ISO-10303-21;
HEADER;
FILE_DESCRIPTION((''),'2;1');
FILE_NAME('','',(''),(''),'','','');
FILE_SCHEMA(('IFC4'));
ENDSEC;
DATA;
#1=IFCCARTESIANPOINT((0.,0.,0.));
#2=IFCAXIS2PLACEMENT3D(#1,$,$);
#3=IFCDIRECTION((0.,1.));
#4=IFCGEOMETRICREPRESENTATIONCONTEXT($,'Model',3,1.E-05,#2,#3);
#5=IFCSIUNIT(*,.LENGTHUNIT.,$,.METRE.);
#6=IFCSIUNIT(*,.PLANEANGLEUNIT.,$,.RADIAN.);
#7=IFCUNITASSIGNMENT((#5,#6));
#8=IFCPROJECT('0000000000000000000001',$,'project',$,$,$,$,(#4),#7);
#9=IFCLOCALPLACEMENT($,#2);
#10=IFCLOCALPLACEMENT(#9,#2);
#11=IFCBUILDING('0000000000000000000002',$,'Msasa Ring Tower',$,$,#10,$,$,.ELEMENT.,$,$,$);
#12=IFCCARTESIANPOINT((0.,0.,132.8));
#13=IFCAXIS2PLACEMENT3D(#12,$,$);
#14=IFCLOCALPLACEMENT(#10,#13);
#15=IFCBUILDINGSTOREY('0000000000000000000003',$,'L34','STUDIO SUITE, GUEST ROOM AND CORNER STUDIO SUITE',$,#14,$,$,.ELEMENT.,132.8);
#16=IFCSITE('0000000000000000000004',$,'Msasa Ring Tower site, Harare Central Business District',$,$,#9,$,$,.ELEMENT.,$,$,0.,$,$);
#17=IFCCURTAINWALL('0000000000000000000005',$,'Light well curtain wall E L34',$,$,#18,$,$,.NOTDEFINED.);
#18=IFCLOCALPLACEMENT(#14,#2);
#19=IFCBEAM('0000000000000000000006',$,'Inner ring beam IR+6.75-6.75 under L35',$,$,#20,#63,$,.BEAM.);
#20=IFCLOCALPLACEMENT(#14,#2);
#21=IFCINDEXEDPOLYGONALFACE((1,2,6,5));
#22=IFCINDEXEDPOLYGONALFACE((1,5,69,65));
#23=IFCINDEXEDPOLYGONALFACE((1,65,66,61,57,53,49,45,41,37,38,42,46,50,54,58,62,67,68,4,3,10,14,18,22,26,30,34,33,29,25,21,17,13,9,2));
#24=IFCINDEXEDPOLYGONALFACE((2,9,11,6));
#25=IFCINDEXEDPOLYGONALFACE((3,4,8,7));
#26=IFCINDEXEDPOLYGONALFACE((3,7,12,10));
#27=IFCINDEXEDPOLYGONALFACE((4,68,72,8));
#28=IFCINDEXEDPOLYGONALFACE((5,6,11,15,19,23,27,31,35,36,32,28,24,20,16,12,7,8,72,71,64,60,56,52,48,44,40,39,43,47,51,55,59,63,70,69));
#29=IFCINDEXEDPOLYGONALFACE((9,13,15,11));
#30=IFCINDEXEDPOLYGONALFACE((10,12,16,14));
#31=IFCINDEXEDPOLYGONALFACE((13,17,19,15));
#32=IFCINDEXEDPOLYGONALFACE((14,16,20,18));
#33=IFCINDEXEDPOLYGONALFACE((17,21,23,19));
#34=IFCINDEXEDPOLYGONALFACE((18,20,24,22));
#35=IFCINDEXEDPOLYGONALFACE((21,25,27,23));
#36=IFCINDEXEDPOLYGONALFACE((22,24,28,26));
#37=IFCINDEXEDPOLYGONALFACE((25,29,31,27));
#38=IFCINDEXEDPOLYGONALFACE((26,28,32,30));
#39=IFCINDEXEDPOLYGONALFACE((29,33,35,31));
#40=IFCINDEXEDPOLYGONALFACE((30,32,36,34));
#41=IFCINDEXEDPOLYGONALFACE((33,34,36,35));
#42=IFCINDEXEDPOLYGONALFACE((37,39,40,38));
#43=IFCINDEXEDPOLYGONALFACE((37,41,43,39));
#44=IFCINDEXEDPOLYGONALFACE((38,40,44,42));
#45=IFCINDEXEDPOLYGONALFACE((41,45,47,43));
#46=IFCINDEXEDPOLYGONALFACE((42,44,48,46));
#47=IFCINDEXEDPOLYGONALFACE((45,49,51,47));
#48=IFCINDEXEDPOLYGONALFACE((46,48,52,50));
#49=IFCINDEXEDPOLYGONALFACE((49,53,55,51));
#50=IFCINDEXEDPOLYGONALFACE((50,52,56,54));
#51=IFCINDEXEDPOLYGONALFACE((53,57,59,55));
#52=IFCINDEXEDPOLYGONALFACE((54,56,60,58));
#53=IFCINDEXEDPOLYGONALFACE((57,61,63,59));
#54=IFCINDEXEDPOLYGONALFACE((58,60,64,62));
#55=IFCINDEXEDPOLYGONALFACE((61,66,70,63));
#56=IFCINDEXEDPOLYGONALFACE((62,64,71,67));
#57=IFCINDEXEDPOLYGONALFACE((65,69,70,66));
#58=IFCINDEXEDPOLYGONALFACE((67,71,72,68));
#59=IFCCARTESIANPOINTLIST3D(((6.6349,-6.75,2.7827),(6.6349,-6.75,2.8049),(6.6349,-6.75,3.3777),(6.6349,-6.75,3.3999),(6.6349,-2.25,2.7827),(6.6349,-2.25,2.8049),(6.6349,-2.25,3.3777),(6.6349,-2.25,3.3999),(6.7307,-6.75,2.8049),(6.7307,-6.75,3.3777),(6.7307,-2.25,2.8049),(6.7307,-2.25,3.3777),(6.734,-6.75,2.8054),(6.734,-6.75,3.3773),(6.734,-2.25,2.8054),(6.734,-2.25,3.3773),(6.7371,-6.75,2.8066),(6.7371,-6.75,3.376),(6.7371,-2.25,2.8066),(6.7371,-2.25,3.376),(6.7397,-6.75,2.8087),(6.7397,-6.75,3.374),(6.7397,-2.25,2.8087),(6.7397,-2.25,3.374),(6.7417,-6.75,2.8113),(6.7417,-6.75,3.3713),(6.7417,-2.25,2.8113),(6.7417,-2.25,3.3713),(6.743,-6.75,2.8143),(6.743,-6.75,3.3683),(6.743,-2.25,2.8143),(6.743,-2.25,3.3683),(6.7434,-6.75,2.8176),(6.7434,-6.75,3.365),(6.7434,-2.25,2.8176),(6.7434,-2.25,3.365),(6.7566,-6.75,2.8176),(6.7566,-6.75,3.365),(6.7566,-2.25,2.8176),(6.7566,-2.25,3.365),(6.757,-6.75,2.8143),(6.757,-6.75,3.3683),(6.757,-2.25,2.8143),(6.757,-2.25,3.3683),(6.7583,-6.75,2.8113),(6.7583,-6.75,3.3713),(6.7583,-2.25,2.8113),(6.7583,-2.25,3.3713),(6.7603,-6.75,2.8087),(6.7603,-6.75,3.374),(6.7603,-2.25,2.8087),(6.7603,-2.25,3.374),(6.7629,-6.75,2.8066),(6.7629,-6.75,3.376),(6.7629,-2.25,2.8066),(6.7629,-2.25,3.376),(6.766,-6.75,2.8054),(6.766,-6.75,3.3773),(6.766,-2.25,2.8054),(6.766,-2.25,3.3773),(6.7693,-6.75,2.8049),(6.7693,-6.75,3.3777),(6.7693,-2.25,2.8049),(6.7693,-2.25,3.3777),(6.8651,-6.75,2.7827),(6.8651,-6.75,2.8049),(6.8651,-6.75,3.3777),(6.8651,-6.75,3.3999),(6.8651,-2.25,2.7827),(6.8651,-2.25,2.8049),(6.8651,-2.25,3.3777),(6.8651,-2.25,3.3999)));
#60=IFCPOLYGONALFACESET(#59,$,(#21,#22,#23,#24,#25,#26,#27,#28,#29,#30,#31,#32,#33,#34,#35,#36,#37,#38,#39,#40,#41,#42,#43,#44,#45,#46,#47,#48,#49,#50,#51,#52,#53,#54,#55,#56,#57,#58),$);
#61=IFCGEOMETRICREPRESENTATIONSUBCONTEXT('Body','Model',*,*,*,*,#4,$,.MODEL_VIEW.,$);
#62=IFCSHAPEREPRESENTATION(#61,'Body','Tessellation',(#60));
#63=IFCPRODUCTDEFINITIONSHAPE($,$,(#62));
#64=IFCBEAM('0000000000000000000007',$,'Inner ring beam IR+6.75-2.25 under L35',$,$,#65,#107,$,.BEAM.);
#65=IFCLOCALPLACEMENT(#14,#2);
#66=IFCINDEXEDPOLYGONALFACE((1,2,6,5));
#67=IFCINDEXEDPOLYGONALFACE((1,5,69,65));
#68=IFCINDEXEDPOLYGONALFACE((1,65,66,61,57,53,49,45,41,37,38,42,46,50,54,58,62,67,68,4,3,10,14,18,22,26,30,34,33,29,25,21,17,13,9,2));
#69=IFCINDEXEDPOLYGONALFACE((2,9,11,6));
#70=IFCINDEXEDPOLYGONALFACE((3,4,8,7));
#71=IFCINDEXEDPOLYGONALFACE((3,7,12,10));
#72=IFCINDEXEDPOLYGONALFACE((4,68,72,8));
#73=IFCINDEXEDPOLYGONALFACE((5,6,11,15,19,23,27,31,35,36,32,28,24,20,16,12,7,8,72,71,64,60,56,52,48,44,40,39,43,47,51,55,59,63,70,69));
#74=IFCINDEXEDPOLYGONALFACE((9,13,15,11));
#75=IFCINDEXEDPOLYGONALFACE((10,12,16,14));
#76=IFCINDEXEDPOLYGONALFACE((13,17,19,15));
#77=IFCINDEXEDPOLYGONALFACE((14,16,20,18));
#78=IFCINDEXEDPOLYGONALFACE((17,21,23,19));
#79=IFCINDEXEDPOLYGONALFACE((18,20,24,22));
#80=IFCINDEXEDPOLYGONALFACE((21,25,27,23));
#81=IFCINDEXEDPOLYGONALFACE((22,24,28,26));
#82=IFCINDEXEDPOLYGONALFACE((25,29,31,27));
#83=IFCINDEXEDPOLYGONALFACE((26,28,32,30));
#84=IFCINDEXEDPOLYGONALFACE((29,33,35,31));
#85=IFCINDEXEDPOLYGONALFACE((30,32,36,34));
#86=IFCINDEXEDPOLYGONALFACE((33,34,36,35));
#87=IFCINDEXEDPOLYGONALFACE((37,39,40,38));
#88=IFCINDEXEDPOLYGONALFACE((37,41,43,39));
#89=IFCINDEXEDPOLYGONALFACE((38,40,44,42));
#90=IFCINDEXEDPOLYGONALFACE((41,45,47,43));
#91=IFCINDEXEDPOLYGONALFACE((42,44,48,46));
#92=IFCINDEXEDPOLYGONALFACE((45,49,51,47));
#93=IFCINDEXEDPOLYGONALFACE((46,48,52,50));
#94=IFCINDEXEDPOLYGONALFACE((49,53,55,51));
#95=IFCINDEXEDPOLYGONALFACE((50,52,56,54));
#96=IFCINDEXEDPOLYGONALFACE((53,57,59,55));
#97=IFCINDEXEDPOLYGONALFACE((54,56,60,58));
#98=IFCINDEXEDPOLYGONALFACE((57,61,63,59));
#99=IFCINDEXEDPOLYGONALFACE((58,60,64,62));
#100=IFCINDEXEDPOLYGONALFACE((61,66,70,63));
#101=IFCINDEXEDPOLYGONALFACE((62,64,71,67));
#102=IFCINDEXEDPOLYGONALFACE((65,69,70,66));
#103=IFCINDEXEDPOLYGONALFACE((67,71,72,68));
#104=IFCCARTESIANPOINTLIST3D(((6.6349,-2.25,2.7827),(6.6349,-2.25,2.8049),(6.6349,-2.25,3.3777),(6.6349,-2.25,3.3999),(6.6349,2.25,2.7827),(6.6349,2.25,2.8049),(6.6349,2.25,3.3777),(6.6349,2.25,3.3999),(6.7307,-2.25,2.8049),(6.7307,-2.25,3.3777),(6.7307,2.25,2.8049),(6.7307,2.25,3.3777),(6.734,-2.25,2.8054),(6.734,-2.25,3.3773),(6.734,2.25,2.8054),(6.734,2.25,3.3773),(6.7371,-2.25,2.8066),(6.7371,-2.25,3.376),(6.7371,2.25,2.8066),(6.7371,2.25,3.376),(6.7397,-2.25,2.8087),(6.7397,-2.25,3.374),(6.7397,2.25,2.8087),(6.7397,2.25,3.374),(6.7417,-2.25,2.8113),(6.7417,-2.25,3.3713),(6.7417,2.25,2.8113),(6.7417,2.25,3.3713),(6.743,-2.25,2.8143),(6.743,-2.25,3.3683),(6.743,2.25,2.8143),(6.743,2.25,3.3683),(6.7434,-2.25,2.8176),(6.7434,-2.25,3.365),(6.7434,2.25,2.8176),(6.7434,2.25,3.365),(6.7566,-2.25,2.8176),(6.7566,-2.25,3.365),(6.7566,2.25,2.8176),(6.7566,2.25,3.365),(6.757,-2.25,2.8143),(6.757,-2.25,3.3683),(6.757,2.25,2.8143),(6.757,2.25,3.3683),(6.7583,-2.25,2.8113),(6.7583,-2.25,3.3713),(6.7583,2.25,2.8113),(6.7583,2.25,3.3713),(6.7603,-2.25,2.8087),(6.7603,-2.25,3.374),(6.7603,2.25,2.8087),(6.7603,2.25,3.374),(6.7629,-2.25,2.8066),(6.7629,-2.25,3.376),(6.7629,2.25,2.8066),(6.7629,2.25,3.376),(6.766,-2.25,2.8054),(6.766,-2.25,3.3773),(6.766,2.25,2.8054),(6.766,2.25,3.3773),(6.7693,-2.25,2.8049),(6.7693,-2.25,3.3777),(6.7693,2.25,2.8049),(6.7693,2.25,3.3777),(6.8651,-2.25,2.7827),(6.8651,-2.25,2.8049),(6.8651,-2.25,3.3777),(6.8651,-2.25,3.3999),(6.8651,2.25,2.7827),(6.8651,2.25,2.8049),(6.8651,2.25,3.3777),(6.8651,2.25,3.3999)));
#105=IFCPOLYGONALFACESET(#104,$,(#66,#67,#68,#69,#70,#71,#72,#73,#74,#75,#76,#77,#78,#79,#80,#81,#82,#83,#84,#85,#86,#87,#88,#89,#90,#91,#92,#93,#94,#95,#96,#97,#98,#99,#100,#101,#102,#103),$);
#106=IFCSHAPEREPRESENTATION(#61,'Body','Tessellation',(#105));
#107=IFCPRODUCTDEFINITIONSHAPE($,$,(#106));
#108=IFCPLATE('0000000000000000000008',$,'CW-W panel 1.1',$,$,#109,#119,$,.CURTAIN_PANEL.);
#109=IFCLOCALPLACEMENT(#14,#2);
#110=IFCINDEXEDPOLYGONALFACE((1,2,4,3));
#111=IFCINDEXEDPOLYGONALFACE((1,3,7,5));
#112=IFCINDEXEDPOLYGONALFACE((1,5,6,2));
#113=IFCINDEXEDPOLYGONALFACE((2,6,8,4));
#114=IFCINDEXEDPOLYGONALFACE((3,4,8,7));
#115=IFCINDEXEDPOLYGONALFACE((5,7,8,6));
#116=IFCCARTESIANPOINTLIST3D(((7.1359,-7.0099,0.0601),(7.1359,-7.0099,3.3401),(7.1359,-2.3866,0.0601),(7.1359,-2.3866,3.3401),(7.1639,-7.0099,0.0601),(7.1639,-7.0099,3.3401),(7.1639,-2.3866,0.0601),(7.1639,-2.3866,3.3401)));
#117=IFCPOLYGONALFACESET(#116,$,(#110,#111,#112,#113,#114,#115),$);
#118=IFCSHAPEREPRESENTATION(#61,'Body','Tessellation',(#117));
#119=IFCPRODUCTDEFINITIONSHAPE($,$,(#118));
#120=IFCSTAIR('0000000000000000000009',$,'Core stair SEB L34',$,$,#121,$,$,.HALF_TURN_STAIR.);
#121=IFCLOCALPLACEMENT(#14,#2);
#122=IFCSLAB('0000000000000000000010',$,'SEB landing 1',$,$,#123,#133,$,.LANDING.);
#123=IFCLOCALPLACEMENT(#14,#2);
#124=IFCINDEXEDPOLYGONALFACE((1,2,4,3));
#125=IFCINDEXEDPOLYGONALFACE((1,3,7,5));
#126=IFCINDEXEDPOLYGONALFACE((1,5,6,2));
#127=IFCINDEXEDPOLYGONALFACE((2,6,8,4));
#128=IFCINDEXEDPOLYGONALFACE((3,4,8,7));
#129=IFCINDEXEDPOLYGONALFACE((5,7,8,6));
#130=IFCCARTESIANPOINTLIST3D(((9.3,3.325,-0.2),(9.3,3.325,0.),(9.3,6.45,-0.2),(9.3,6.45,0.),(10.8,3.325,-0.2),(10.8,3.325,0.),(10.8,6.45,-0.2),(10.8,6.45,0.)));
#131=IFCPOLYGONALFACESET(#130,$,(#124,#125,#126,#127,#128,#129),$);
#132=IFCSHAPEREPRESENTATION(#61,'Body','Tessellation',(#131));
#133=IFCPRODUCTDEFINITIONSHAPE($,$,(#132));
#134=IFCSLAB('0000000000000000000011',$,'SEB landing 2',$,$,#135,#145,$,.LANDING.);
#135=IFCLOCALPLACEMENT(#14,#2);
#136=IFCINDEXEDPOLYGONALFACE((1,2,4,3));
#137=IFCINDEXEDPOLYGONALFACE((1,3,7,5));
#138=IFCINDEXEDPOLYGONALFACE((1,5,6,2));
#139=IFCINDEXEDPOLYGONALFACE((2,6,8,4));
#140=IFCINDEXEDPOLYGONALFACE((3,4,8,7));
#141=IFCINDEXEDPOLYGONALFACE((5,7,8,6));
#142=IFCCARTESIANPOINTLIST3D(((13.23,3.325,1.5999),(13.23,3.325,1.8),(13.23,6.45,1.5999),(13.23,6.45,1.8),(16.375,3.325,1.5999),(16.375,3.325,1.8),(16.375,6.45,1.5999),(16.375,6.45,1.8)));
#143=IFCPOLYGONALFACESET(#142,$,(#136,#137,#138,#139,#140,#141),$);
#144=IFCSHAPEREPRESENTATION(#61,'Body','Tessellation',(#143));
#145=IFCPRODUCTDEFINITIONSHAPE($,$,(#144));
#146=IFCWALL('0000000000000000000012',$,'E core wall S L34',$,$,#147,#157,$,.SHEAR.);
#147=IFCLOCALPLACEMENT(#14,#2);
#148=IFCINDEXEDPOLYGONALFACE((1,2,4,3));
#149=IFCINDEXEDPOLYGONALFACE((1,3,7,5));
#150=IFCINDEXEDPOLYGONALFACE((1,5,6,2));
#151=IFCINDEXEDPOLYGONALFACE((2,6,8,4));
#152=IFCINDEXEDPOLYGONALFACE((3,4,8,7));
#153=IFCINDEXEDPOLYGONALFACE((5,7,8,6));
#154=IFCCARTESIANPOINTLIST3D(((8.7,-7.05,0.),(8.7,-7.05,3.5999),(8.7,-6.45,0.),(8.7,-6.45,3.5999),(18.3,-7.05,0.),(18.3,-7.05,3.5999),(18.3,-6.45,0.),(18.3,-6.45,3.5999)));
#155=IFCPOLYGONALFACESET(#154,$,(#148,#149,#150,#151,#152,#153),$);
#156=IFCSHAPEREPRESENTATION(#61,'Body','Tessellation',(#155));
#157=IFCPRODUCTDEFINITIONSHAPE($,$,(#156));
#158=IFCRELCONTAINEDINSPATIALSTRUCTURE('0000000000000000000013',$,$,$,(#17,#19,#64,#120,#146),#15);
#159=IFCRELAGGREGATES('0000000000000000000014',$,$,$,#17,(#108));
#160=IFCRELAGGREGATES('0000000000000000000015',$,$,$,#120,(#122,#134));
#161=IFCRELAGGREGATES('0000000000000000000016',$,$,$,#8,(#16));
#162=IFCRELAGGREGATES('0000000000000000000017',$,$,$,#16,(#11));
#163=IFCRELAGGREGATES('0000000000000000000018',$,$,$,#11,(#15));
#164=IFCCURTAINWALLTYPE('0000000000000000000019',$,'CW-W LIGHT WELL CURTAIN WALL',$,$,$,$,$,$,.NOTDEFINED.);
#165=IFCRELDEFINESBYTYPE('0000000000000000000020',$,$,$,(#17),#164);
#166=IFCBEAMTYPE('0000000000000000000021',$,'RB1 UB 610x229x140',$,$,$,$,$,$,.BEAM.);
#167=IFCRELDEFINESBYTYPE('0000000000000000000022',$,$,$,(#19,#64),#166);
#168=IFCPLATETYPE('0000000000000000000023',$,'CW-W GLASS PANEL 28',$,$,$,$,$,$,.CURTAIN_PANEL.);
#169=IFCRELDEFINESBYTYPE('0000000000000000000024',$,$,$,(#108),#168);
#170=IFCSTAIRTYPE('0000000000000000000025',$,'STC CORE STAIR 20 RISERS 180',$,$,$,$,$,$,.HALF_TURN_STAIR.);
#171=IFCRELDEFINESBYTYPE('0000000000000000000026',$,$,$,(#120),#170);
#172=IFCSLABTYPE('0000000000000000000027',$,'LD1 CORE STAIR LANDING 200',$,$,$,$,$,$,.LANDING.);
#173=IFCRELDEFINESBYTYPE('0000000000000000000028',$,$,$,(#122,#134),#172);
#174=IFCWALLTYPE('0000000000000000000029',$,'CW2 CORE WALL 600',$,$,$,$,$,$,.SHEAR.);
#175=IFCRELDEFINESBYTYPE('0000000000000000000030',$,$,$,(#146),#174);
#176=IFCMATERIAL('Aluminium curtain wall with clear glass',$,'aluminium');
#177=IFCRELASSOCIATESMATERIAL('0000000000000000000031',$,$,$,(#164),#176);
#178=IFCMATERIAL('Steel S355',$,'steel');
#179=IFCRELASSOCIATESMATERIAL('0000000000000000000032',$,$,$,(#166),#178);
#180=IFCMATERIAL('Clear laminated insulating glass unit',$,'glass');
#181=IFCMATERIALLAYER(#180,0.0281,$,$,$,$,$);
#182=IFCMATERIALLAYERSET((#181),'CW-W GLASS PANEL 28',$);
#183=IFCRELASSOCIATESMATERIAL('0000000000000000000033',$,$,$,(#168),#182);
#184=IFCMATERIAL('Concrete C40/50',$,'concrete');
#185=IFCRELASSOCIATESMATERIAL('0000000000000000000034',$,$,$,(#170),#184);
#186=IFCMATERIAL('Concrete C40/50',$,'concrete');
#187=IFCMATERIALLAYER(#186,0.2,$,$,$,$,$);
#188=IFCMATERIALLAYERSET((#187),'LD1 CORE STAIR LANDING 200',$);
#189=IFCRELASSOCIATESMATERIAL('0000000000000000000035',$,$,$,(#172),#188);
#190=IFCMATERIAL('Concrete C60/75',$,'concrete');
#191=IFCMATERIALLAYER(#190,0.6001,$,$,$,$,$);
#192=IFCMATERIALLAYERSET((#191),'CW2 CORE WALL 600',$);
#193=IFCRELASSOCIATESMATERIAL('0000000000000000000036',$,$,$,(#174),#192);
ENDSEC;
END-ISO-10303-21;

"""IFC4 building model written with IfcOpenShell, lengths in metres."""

from ifc_helpers import new_model, si_unit, direction, frame, frame_2d, origin, origin_2d, place, context, subcontext, project, spatial, polyline, rectangle, i_section, outline, extrude, material, layer, layer_set, material_profile, profile_set, type_object, element, aggregate, save


model = new_model("IFC4")

# Units and contexts
model_context = context("Model", 3, precision=1e-05, world=origin(), true_north=direction((0.0, 1.0)))
body_context = subcontext(model_context, "Body", "Model", "MODEL_VIEW")
ifc_project = project(units=[si_unit("LENGTHUNIT", "METRE"), si_unit("PLANEANGLEUNIT", "RADIAN")], contexts=[model_context])

# Site, building, storey
site_placement = place(None, origin())
site = spatial("IfcSite", under=ifc_project, at=site_placement, Name="Msasa Ring Tower site, Harare Central Business District", CompositionType="ELEMENT", RefElevation=0.0)
building_placement = place(site_placement, origin())
building = spatial("IfcBuilding", under=site, at=building_placement, Name="Msasa Ring Tower", CompositionType="ELEMENT")
storey_placement = place(building_placement, frame((0.0, 0.0, 132.8)))
storey = spatial("IfcBuildingStorey", under=building, at=storey_placement, Name="L34", Description="STUDIO SUITE, GUEST ROOM AND CORNER STUDIO SUITE", CompositionType="ELEMENT", Elevation=132.8)

# Shared definitions
ifc_material_1 = material(Name="Aluminium curtain wall with clear glass", Category="aluminium")
curtain_wall_type = type_object("IfcCurtainWallType", Name="CW-W LIGHT WELL CURTAIN WALL", PredefinedType="NOTDEFINED", material=ifc_material_1)

# Curtain wall
curtain_wall_1_placement = place(storey_placement, origin())
curtain_wall_1 = element("IfcCurtainWall", 1, at=curtain_wall_1_placement, inside=storey, type_object=curtain_wall_type, Name="Light well curtain wall E L34", PredefinedType="NOTDEFINED")

# Beams
ifc_material_2 = material(Name="Steel S355", Category="steel")
ifc_material_profile_1 = material_profile(ifc_material_2, i_section(OverallWidth=0.2302, OverallDepth=0.6172, WebThickness=0.0132, FlangeThickness=0.0222, FilletRadius=0.0127, at=origin_2d()), Name="UB 610x229x140")
ifc_profile_set_1 = profile_set([ifc_material_profile_1], Name="Steel S355")
beam_type = type_object("IfcBeamType", Name="RB1 UB 610x229x140", PredefinedType="BEAM", material=ifc_profile_set_1)
for number, where, z_axis, x_axis, name in (
    (2, (6.75, -6.75, 3.0913), (0.0, 1.0, 0.0), (-1.0, 0.0, 0.0), "Inner ring beam IR+6.75-6.75 under L35"),
    (3, (6.75, -2.25, 3.0913), (0.0, 1.0, 0.0), (-1.0, 0.0, 0.0), "Inner ring beam IR+6.75-2.25 under L35"),
):
    element("IfcBeam", number, at=place(storey_placement, frame(where, z_axis=z_axis, x_axis=x_axis)), inside=storey, type_object=beam_type, Name=name, PredefinedType="BEAM", context=body_context, shape_type="SweptSolid", body=[
        extrude(i_section(OverallWidth=0.2302, OverallDepth=0.6172, WebThickness=0.0132, FlangeThickness=0.0222, FilletRadius=0.0127, at=origin_2d()), origin(), (0.0, 0.0, 1.0), 4.5),
    ])

# Plate
ifc_material_3 = material(Name="Clear laminated insulating glass unit", Category="glass")
ifc_layer_1 = layer(ifc_material_3, 0.0281)
ifc_layer_set_1 = layer_set([ifc_layer_1], Name="CW-W GLASS PANEL 28")
plate_type = type_object("IfcPlateType", Name="CW-W GLASS PANEL 28", PredefinedType="CURTAIN_PANEL", material=ifc_layer_set_1)
plate_placement = place(storey_placement, frame((7.1499, -4.6982, 0.0601), z_axis=(0.0, 0.0, 1.0), x_axis=(0.0, 1.0, 0.0)))
plate = element("IfcPlate", 4, at=plate_placement, type_object=plate_type, Name="CW-W panel 1.1", PredefinedType="CURTAIN_PANEL", context=body_context, shape_type="SweptSolid", body=[
    extrude(rectangle(XDim=4.6233, YDim=0.0281, at=origin_2d()), origin(), (0.0, 0.0, 1.0), 3.28),
])
aggregate(curtain_wall_1, [plate])

# Stair, slabs
ifc_material_4 = material(Name="Concrete C40/50", Category="concrete")
stair_type = type_object("IfcStairType", Name="STC CORE STAIR 20 RISERS 180", PredefinedType="HALF_TURN_STAIR", material=ifc_material_4)
stair_1_placement = place(storey_placement, origin())
stair_1 = element("IfcStair", 5, at=stair_1_placement, inside=storey, type_object=stair_type, Name="Core stair SEB L34", PredefinedType="HALF_TURN_STAIR")
ifc_material_5 = material(Name="Concrete C40/50", Category="concrete")
ifc_layer_2 = layer(ifc_material_5, 0.2)
ifc_layer_set_2 = layer_set([ifc_layer_2], Name="LD1 CORE STAIR LANDING 200")
slab_type = type_object("IfcSlabType", Name="LD1 CORE STAIR LANDING 200", PredefinedType="LANDING", material=ifc_layer_set_2)
slab_1_placement = place(storey_placement, frame((0.0, 0.0, -0.2)))
slab_1 = element("IfcSlab", 6, at=slab_1_placement, type_object=slab_type, Name="SEB landing 1", PredefinedType="LANDING", context=body_context, shape_type="SweptSolid", body=[
    extrude(outline(polyline([(9.3, 3.325), (10.8, 3.325), (10.8, 6.45), (9.3, 6.45), (9.3, 3.325)])), origin(), (0.0, 0.0, 1.0), 0.2),
])
slab_2_placement = place(storey_placement, frame((0.0, 0.0, 1.5999)))
slab_2 = element("IfcSlab", 7, at=slab_2_placement, type_object=slab_type, Name="SEB landing 2", PredefinedType="LANDING", context=body_context, shape_type="SweptSolid", body=[
    extrude(outline(polyline([(13.23, 3.325), (16.375, 3.325), (16.375, 6.45), (13.23, 6.45), (13.23, 3.325)])), origin(), (0.0, 0.0, 1.0), 0.2002),
])
aggregate(stair_1, [slab_1, slab_2])

# Wall
ifc_material_6 = material(Name="Concrete C60/75", Category="concrete")
ifc_layer_3 = layer(ifc_material_6, 0.6001)
ifc_layer_set_3 = layer_set([ifc_layer_3], Name="CW2 CORE WALL 600")
wall_type_1 = type_object("IfcWallType", Name="CW2 CORE WALL 600", PredefinedType="SHEAR", material=ifc_layer_set_3)
wall_1_placement = place(storey_placement, frame((8.7, -6.75, 0.0), z_axis=(0.0, 0.0, 1.0), x_axis=(1.0, 0.0, 0.0)))
element("IfcWall", 8, at=wall_1_placement, inside=storey, type_object=wall_type_1, Name="E core wall S L34", PredefinedType="SHEAR", context=body_context, shape_type="SweptSolid", body=[
    extrude(rectangle(XDim=9.6001, YDim=0.6001, at=frame_2d((4.8, 0.0))), origin(), (0.0, 0.0, 1.0), 3.5999),
])

save(model, "model.ifc")
